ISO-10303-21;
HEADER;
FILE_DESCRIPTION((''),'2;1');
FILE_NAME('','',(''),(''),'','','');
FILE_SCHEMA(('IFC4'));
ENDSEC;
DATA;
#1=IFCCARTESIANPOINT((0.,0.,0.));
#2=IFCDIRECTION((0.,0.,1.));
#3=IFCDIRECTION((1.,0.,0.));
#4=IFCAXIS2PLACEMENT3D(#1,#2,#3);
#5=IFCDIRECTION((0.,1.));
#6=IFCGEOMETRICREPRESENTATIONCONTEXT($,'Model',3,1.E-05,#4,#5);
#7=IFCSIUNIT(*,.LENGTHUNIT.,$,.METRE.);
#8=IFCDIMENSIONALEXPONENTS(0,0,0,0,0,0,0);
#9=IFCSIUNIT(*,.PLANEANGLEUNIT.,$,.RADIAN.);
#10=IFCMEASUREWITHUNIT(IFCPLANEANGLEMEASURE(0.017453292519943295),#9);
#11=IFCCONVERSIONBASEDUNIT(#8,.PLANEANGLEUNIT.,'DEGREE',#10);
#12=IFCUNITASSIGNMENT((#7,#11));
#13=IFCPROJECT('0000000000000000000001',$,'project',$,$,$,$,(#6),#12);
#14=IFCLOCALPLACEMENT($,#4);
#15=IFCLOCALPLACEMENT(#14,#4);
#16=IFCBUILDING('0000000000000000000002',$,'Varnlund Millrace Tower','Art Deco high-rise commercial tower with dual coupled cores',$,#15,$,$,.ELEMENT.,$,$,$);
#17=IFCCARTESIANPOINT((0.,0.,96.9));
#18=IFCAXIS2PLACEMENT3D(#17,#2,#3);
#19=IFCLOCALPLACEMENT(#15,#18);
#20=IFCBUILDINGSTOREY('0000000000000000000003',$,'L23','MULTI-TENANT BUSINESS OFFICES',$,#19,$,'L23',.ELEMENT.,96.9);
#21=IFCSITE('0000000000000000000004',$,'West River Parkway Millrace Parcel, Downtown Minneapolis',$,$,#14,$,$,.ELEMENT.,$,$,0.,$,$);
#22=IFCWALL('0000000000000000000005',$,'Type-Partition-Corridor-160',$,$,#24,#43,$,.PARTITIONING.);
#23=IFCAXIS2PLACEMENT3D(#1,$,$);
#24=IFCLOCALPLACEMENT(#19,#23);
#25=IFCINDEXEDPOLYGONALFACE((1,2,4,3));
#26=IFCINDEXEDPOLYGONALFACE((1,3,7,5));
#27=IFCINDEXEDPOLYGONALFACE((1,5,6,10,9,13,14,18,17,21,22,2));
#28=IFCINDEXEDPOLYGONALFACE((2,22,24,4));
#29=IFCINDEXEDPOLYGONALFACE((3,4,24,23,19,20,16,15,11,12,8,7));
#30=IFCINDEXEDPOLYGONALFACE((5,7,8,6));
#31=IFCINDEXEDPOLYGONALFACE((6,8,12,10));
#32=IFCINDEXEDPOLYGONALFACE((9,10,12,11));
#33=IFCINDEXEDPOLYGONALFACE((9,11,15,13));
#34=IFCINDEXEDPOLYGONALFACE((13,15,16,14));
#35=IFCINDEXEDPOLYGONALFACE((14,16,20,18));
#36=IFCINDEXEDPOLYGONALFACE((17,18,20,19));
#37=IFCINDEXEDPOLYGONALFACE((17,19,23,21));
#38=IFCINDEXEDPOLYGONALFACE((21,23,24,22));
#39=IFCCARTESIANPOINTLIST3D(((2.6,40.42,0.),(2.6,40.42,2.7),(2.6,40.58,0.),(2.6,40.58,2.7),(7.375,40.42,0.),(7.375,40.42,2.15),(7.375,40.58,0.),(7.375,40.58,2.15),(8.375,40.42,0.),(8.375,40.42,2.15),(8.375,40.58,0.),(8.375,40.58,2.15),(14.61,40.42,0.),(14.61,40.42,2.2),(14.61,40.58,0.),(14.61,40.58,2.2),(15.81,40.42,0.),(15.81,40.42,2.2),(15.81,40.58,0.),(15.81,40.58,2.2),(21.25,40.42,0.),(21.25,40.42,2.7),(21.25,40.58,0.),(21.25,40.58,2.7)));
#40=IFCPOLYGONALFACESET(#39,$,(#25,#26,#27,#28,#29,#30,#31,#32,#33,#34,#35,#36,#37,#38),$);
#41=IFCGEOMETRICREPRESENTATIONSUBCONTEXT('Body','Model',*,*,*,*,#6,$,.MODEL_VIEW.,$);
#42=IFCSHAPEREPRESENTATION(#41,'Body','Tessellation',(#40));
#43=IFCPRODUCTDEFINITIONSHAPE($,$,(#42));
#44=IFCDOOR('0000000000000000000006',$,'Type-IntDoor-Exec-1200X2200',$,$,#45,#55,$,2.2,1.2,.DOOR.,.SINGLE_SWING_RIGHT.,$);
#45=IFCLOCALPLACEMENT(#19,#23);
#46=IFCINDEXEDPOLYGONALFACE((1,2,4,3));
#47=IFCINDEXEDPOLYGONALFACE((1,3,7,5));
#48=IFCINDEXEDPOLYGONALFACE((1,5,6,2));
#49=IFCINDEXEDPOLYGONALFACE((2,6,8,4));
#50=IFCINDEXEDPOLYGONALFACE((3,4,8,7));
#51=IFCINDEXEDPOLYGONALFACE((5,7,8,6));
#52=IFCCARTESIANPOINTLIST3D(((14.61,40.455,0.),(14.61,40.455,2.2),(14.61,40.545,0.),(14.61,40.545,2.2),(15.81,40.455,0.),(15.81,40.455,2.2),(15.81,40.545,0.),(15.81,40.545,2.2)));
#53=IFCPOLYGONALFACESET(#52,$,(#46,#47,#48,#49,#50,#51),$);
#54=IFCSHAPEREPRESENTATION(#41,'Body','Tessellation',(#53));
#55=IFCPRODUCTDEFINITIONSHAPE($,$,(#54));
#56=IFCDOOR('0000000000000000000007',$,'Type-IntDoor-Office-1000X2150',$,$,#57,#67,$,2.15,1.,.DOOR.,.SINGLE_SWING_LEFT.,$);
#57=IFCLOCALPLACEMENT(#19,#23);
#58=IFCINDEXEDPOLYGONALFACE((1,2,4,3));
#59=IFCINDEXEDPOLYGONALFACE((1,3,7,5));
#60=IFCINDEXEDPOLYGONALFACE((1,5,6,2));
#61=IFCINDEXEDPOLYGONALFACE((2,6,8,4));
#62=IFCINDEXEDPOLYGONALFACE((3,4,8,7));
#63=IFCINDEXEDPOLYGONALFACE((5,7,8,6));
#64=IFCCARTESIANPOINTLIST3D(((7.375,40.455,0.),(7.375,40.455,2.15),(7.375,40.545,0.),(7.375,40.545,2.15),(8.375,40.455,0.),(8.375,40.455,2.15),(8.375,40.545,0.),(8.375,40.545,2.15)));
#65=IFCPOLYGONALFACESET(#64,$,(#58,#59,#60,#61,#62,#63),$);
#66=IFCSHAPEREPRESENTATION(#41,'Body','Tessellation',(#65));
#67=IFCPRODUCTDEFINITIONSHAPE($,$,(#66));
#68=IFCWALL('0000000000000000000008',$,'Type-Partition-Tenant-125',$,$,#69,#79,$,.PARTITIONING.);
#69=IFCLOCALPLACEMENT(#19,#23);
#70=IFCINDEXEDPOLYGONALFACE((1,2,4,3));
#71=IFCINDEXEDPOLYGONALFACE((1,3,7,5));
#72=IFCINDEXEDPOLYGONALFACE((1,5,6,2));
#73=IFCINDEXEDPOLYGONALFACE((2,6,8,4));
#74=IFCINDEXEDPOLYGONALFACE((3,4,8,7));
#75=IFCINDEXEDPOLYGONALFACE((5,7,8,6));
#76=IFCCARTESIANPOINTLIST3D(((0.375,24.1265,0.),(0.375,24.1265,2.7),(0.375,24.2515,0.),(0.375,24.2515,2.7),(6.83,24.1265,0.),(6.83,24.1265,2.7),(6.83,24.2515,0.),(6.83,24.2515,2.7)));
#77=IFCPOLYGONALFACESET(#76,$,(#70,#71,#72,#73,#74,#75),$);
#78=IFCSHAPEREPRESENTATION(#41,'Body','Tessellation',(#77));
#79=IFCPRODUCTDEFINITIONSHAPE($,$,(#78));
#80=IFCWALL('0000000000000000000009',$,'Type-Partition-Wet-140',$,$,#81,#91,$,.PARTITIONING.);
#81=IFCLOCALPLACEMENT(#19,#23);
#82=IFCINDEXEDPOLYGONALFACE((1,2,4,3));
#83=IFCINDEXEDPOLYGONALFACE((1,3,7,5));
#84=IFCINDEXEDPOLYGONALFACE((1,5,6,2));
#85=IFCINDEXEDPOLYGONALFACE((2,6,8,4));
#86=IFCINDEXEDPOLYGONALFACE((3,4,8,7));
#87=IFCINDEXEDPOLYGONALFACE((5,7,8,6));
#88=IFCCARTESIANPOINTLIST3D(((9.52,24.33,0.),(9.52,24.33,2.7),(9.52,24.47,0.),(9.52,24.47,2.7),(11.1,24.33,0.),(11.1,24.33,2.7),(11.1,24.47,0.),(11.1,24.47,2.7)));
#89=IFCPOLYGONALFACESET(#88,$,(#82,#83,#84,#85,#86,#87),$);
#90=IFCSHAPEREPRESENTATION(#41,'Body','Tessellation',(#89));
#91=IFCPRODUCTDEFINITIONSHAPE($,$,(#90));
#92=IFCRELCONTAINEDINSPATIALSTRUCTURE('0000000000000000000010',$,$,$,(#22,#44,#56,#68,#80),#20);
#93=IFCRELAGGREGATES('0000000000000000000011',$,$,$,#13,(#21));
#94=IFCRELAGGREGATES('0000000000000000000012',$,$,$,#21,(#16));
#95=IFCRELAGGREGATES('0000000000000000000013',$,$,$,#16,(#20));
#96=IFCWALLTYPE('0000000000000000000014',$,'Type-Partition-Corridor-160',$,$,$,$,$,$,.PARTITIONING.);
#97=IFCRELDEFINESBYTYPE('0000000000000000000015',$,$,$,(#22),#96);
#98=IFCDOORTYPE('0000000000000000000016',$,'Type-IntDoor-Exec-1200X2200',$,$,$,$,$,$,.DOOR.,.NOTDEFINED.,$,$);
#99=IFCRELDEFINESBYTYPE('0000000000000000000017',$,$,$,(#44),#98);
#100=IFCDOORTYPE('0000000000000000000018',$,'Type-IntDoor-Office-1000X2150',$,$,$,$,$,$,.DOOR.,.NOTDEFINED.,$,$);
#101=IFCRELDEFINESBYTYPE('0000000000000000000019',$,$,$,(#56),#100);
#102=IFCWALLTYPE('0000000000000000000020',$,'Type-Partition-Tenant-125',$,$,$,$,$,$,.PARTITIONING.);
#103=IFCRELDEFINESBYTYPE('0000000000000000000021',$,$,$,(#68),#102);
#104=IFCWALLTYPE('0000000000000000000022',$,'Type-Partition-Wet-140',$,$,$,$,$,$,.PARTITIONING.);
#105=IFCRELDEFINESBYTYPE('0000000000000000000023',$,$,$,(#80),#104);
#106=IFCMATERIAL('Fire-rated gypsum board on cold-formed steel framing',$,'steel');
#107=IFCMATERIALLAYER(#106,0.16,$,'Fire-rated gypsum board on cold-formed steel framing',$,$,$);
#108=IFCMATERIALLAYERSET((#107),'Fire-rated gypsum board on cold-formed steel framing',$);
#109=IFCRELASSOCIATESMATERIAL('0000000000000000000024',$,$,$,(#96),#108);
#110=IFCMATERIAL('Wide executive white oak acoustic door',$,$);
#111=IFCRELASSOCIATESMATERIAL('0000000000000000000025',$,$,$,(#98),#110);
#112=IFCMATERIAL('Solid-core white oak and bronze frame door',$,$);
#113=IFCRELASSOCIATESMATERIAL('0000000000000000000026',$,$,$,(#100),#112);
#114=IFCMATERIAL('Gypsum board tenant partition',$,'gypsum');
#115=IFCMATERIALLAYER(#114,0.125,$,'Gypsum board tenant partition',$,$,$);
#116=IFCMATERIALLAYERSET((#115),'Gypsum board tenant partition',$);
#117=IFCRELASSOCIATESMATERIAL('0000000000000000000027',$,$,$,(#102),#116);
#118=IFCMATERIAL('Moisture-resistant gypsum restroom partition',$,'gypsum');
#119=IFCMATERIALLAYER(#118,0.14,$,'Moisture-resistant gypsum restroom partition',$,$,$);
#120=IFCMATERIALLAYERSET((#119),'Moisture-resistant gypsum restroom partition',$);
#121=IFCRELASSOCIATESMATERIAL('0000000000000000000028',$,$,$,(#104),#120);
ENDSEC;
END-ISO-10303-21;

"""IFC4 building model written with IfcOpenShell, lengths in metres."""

from ifc_helpers import new_model, entity, si_unit, converted_unit, direction, frame, origin_with_axes, origin_2d_with_axis, place, context, subcontext, project, spatial, polyline, rectangle, outline, extrude, material, layer, layer_set, type_object, element, fill, save


model = new_model("IFC4")

# Units and contexts
model_context = context("Model", 3, precision=1e-05, world=origin_with_axes(), true_north=direction((0.0, 1.0)))
body_context = subcontext(model_context, "Body", "Model", "MODEL_VIEW")
ifc_project = project(units=[si_unit("LENGTHUNIT", "METRE"), converted_unit("PLANEANGLEUNIT", "DEGREE", entity("IfcPlaneAngleMeasure", 0.017453292519943295), si_unit("PLANEANGLEUNIT", "RADIAN"), dimensions=[0, 0, 0, 0, 0, 0, 0])], contexts=[model_context])

# Site, building, storey
site_placement = place(None, origin_with_axes())
site = spatial("IfcSite", under=ifc_project, at=site_placement, Name="West River Parkway Millrace Parcel, Downtown Minneapolis", CompositionType="ELEMENT", RefElevation=0.0)
building_placement = place(site_placement, origin_with_axes())
building = spatial("IfcBuilding", under=site, at=building_placement, Name="Varnlund Millrace Tower", Description="Art Deco high-rise commercial tower with dual coupled cores", CompositionType="ELEMENT")
storey_placement = place(building_placement, frame((0.0, 0.0, 96.9), z_axis=(0.0, 0.0, 1.0), x_axis=(1.0, 0.0, 0.0)))
storey = spatial("IfcBuildingStorey", under=building, at=storey_placement, Name="L23", Description="MULTI-TENANT BUSINESS OFFICES", LongName="L23", CompositionType="ELEMENT", Elevation=96.9)

# Shared definitions
ifc_material_1 = material(Name="Fire-rated gypsum board on cold-formed steel framing", Category="steel")
ifc_layer_1 = layer(ifc_material_1, 0.16, Name="Fire-rated gypsum board on cold-formed steel framing")
ifc_layer_set_1 = layer_set([ifc_layer_1], Name="Fire-rated gypsum board on cold-formed steel framing")
wall_type_1 = type_object("IfcWallType", Name="Type-Partition-Corridor-160", PredefinedType="PARTITIONING", material=ifc_layer_set_1)

# Wall, openings, doors
wall_1_placement = place(storey_placement, frame((2.6, 40.5, 0.0), z_axis=(0.0, 0.0, 1.0), x_axis=(1.0, 0.0, 0.0)))
wall_1 = element("IfcWall", 1, at=wall_1_placement, inside=storey, type_object=wall_type_1, Name="Type-Partition-Corridor-160", PredefinedType="PARTITIONING", context=body_context, shape_type="SweptSolid", body=[
    extrude(outline(polyline([(0.0, -0.08), (18.65, -0.08), (18.65, 0.08), (0.0, 0.08), (0.0, -0.08)])), origin_with_axes(), (0.0, 0.0, 1.0), 2.7),
])
opening_1_placement = place(wall_1_placement, frame((5.275, 0.0, 0.0), z_axis=(0.0, 0.0, 1.0), x_axis=(1.0, 0.0, 0.0)))
opening_1 = element("IfcOpeningElement", 2, at=opening_1_placement, cuts=wall_1, PredefinedType="OPENING", context=body_context, shape_type="SweptSolid", body=[
    extrude(rectangle(XDim=1.0, YDim=0.18, at=origin_2d_with_axis()), origin_with_axes(), (0.0, 0.0, 1.0), 2.15),
])
opening_2_placement = place(wall_1_placement, frame((12.61, 0.0, 0.0), z_axis=(0.0, 0.0, 1.0), x_axis=(1.0, 0.0, 0.0)))
opening_2 = element("IfcOpeningElement", 3, at=opening_2_placement, cuts=wall_1, PredefinedType="OPENING", context=body_context, shape_type="SweptSolid", body=[
    extrude(rectangle(XDim=1.2, YDim=0.18, at=origin_2d_with_axis()), origin_with_axes(), (0.0, 0.0, 1.0), 2.2),
])
ifc_material_2 = material(Name="Wide executive white oak acoustic door")
door_type_1 = type_object("IfcDoorType", Name="Type-IntDoor-Exec-1200X2200", OperationType="NOTDEFINED", PredefinedType="DOOR", material=ifc_material_2)
door_1_placement = place(wall_1_placement, frame((12.61, 0.0, 0.0), z_axis=(0.0, 0.0, 1.0), x_axis=(1.0, 0.0, 0.0)))
door_1 = element("IfcDoor", 4, at=door_1_placement, inside=storey, type_object=door_type_1, Name="Type-IntDoor-Exec-1200X2200", OperationType="SINGLE_SWING_RIGHT", OverallHeight=2.2, OverallWidth=1.2, PredefinedType="DOOR", context=body_context, shape_type="SweptSolid", body=[
    extrude(rectangle(XDim=1.2, YDim=0.09, at=origin_2d_with_axis()), origin_with_axes(), (0.0, 0.0, 1.0), 2.2),
])
fill(opening_2, door_1)
ifc_material_3 = material(Name="Solid-core white oak and bronze frame door")
door_type_2 = type_object("IfcDoorType", Name="Type-IntDoor-Office-1000X2150", OperationType="NOTDEFINED", PredefinedType="DOOR", material=ifc_material_3)
door_2_placement = place(wall_1_placement, frame((5.275, 0.0, 0.0), z_axis=(0.0, 0.0, 1.0), x_axis=(1.0, 0.0, 0.0)))
door_2 = element("IfcDoor", 5, at=door_2_placement, inside=storey, type_object=door_type_2, Name="Type-IntDoor-Office-1000X2150", OperationType="SINGLE_SWING_LEFT", OverallHeight=2.15, OverallWidth=1.0, PredefinedType="DOOR", context=body_context, shape_type="SweptSolid", body=[
    extrude(rectangle(XDim=1.0, YDim=0.09, at=origin_2d_with_axis()), origin_with_axes(), (0.0, 0.0, 1.0), 2.15),
])
fill(opening_1, door_2)

# Walls
ifc_material_4 = material(Name="Gypsum board tenant partition", Category="gypsum")
ifc_layer_2 = layer(ifc_material_4, 0.125, Name="Gypsum board tenant partition")
ifc_layer_set_2 = layer_set([ifc_layer_2], Name="Gypsum board tenant partition")
wall_type_2 = type_object("IfcWallType", Name="Type-Partition-Tenant-125", PredefinedType="PARTITIONING", material=ifc_layer_set_2)
wall_2_placement = place(storey_placement, frame((0.375, 24.189, 0.0), z_axis=(0.0, 0.0, 1.0), x_axis=(1.0, 0.0, 0.0)))
element("IfcWall", 6, at=wall_2_placement, inside=storey, type_object=wall_type_2, Name="Type-Partition-Tenant-125", PredefinedType="PARTITIONING", context=body_context, shape_type="SweptSolid", body=[
    extrude(outline(polyline([(0.0, -0.0625), (6.455, -0.0625), (6.455, 0.0625), (0.0, 0.0625), (0.0, -0.0625)])), origin_with_axes(), (0.0, 0.0, 1.0), 2.7),
])
ifc_material_5 = material(Name="Moisture-resistant gypsum restroom partition", Category="gypsum")
ifc_layer_3 = layer(ifc_material_5, 0.14, Name="Moisture-resistant gypsum restroom partition")
ifc_layer_set_3 = layer_set([ifc_layer_3], Name="Moisture-resistant gypsum restroom partition")
wall_type_3 = type_object("IfcWallType", Name="Type-Partition-Wet-140", PredefinedType="PARTITIONING", material=ifc_layer_set_3)
wall_3_placement = place(storey_placement, frame((9.52, 24.4, 0.0), z_axis=(0.0, 0.0, 1.0), x_axis=(1.0, 0.0, 0.0)))
element("IfcWall", 7, at=wall_3_placement, inside=storey, type_object=wall_type_3, Name="Type-Partition-Wet-140", PredefinedType="PARTITIONING", context=body_context, shape_type="SweptSolid", body=[
    extrude(outline(polyline([(0.0, -0.07), (1.58, -0.07), (1.58, 0.07), (0.0, 0.07), (0.0, -0.07)])), origin_with_axes(), (0.0, 0.0, 1.0), 2.7),
])

save(model, "model.ifc")
